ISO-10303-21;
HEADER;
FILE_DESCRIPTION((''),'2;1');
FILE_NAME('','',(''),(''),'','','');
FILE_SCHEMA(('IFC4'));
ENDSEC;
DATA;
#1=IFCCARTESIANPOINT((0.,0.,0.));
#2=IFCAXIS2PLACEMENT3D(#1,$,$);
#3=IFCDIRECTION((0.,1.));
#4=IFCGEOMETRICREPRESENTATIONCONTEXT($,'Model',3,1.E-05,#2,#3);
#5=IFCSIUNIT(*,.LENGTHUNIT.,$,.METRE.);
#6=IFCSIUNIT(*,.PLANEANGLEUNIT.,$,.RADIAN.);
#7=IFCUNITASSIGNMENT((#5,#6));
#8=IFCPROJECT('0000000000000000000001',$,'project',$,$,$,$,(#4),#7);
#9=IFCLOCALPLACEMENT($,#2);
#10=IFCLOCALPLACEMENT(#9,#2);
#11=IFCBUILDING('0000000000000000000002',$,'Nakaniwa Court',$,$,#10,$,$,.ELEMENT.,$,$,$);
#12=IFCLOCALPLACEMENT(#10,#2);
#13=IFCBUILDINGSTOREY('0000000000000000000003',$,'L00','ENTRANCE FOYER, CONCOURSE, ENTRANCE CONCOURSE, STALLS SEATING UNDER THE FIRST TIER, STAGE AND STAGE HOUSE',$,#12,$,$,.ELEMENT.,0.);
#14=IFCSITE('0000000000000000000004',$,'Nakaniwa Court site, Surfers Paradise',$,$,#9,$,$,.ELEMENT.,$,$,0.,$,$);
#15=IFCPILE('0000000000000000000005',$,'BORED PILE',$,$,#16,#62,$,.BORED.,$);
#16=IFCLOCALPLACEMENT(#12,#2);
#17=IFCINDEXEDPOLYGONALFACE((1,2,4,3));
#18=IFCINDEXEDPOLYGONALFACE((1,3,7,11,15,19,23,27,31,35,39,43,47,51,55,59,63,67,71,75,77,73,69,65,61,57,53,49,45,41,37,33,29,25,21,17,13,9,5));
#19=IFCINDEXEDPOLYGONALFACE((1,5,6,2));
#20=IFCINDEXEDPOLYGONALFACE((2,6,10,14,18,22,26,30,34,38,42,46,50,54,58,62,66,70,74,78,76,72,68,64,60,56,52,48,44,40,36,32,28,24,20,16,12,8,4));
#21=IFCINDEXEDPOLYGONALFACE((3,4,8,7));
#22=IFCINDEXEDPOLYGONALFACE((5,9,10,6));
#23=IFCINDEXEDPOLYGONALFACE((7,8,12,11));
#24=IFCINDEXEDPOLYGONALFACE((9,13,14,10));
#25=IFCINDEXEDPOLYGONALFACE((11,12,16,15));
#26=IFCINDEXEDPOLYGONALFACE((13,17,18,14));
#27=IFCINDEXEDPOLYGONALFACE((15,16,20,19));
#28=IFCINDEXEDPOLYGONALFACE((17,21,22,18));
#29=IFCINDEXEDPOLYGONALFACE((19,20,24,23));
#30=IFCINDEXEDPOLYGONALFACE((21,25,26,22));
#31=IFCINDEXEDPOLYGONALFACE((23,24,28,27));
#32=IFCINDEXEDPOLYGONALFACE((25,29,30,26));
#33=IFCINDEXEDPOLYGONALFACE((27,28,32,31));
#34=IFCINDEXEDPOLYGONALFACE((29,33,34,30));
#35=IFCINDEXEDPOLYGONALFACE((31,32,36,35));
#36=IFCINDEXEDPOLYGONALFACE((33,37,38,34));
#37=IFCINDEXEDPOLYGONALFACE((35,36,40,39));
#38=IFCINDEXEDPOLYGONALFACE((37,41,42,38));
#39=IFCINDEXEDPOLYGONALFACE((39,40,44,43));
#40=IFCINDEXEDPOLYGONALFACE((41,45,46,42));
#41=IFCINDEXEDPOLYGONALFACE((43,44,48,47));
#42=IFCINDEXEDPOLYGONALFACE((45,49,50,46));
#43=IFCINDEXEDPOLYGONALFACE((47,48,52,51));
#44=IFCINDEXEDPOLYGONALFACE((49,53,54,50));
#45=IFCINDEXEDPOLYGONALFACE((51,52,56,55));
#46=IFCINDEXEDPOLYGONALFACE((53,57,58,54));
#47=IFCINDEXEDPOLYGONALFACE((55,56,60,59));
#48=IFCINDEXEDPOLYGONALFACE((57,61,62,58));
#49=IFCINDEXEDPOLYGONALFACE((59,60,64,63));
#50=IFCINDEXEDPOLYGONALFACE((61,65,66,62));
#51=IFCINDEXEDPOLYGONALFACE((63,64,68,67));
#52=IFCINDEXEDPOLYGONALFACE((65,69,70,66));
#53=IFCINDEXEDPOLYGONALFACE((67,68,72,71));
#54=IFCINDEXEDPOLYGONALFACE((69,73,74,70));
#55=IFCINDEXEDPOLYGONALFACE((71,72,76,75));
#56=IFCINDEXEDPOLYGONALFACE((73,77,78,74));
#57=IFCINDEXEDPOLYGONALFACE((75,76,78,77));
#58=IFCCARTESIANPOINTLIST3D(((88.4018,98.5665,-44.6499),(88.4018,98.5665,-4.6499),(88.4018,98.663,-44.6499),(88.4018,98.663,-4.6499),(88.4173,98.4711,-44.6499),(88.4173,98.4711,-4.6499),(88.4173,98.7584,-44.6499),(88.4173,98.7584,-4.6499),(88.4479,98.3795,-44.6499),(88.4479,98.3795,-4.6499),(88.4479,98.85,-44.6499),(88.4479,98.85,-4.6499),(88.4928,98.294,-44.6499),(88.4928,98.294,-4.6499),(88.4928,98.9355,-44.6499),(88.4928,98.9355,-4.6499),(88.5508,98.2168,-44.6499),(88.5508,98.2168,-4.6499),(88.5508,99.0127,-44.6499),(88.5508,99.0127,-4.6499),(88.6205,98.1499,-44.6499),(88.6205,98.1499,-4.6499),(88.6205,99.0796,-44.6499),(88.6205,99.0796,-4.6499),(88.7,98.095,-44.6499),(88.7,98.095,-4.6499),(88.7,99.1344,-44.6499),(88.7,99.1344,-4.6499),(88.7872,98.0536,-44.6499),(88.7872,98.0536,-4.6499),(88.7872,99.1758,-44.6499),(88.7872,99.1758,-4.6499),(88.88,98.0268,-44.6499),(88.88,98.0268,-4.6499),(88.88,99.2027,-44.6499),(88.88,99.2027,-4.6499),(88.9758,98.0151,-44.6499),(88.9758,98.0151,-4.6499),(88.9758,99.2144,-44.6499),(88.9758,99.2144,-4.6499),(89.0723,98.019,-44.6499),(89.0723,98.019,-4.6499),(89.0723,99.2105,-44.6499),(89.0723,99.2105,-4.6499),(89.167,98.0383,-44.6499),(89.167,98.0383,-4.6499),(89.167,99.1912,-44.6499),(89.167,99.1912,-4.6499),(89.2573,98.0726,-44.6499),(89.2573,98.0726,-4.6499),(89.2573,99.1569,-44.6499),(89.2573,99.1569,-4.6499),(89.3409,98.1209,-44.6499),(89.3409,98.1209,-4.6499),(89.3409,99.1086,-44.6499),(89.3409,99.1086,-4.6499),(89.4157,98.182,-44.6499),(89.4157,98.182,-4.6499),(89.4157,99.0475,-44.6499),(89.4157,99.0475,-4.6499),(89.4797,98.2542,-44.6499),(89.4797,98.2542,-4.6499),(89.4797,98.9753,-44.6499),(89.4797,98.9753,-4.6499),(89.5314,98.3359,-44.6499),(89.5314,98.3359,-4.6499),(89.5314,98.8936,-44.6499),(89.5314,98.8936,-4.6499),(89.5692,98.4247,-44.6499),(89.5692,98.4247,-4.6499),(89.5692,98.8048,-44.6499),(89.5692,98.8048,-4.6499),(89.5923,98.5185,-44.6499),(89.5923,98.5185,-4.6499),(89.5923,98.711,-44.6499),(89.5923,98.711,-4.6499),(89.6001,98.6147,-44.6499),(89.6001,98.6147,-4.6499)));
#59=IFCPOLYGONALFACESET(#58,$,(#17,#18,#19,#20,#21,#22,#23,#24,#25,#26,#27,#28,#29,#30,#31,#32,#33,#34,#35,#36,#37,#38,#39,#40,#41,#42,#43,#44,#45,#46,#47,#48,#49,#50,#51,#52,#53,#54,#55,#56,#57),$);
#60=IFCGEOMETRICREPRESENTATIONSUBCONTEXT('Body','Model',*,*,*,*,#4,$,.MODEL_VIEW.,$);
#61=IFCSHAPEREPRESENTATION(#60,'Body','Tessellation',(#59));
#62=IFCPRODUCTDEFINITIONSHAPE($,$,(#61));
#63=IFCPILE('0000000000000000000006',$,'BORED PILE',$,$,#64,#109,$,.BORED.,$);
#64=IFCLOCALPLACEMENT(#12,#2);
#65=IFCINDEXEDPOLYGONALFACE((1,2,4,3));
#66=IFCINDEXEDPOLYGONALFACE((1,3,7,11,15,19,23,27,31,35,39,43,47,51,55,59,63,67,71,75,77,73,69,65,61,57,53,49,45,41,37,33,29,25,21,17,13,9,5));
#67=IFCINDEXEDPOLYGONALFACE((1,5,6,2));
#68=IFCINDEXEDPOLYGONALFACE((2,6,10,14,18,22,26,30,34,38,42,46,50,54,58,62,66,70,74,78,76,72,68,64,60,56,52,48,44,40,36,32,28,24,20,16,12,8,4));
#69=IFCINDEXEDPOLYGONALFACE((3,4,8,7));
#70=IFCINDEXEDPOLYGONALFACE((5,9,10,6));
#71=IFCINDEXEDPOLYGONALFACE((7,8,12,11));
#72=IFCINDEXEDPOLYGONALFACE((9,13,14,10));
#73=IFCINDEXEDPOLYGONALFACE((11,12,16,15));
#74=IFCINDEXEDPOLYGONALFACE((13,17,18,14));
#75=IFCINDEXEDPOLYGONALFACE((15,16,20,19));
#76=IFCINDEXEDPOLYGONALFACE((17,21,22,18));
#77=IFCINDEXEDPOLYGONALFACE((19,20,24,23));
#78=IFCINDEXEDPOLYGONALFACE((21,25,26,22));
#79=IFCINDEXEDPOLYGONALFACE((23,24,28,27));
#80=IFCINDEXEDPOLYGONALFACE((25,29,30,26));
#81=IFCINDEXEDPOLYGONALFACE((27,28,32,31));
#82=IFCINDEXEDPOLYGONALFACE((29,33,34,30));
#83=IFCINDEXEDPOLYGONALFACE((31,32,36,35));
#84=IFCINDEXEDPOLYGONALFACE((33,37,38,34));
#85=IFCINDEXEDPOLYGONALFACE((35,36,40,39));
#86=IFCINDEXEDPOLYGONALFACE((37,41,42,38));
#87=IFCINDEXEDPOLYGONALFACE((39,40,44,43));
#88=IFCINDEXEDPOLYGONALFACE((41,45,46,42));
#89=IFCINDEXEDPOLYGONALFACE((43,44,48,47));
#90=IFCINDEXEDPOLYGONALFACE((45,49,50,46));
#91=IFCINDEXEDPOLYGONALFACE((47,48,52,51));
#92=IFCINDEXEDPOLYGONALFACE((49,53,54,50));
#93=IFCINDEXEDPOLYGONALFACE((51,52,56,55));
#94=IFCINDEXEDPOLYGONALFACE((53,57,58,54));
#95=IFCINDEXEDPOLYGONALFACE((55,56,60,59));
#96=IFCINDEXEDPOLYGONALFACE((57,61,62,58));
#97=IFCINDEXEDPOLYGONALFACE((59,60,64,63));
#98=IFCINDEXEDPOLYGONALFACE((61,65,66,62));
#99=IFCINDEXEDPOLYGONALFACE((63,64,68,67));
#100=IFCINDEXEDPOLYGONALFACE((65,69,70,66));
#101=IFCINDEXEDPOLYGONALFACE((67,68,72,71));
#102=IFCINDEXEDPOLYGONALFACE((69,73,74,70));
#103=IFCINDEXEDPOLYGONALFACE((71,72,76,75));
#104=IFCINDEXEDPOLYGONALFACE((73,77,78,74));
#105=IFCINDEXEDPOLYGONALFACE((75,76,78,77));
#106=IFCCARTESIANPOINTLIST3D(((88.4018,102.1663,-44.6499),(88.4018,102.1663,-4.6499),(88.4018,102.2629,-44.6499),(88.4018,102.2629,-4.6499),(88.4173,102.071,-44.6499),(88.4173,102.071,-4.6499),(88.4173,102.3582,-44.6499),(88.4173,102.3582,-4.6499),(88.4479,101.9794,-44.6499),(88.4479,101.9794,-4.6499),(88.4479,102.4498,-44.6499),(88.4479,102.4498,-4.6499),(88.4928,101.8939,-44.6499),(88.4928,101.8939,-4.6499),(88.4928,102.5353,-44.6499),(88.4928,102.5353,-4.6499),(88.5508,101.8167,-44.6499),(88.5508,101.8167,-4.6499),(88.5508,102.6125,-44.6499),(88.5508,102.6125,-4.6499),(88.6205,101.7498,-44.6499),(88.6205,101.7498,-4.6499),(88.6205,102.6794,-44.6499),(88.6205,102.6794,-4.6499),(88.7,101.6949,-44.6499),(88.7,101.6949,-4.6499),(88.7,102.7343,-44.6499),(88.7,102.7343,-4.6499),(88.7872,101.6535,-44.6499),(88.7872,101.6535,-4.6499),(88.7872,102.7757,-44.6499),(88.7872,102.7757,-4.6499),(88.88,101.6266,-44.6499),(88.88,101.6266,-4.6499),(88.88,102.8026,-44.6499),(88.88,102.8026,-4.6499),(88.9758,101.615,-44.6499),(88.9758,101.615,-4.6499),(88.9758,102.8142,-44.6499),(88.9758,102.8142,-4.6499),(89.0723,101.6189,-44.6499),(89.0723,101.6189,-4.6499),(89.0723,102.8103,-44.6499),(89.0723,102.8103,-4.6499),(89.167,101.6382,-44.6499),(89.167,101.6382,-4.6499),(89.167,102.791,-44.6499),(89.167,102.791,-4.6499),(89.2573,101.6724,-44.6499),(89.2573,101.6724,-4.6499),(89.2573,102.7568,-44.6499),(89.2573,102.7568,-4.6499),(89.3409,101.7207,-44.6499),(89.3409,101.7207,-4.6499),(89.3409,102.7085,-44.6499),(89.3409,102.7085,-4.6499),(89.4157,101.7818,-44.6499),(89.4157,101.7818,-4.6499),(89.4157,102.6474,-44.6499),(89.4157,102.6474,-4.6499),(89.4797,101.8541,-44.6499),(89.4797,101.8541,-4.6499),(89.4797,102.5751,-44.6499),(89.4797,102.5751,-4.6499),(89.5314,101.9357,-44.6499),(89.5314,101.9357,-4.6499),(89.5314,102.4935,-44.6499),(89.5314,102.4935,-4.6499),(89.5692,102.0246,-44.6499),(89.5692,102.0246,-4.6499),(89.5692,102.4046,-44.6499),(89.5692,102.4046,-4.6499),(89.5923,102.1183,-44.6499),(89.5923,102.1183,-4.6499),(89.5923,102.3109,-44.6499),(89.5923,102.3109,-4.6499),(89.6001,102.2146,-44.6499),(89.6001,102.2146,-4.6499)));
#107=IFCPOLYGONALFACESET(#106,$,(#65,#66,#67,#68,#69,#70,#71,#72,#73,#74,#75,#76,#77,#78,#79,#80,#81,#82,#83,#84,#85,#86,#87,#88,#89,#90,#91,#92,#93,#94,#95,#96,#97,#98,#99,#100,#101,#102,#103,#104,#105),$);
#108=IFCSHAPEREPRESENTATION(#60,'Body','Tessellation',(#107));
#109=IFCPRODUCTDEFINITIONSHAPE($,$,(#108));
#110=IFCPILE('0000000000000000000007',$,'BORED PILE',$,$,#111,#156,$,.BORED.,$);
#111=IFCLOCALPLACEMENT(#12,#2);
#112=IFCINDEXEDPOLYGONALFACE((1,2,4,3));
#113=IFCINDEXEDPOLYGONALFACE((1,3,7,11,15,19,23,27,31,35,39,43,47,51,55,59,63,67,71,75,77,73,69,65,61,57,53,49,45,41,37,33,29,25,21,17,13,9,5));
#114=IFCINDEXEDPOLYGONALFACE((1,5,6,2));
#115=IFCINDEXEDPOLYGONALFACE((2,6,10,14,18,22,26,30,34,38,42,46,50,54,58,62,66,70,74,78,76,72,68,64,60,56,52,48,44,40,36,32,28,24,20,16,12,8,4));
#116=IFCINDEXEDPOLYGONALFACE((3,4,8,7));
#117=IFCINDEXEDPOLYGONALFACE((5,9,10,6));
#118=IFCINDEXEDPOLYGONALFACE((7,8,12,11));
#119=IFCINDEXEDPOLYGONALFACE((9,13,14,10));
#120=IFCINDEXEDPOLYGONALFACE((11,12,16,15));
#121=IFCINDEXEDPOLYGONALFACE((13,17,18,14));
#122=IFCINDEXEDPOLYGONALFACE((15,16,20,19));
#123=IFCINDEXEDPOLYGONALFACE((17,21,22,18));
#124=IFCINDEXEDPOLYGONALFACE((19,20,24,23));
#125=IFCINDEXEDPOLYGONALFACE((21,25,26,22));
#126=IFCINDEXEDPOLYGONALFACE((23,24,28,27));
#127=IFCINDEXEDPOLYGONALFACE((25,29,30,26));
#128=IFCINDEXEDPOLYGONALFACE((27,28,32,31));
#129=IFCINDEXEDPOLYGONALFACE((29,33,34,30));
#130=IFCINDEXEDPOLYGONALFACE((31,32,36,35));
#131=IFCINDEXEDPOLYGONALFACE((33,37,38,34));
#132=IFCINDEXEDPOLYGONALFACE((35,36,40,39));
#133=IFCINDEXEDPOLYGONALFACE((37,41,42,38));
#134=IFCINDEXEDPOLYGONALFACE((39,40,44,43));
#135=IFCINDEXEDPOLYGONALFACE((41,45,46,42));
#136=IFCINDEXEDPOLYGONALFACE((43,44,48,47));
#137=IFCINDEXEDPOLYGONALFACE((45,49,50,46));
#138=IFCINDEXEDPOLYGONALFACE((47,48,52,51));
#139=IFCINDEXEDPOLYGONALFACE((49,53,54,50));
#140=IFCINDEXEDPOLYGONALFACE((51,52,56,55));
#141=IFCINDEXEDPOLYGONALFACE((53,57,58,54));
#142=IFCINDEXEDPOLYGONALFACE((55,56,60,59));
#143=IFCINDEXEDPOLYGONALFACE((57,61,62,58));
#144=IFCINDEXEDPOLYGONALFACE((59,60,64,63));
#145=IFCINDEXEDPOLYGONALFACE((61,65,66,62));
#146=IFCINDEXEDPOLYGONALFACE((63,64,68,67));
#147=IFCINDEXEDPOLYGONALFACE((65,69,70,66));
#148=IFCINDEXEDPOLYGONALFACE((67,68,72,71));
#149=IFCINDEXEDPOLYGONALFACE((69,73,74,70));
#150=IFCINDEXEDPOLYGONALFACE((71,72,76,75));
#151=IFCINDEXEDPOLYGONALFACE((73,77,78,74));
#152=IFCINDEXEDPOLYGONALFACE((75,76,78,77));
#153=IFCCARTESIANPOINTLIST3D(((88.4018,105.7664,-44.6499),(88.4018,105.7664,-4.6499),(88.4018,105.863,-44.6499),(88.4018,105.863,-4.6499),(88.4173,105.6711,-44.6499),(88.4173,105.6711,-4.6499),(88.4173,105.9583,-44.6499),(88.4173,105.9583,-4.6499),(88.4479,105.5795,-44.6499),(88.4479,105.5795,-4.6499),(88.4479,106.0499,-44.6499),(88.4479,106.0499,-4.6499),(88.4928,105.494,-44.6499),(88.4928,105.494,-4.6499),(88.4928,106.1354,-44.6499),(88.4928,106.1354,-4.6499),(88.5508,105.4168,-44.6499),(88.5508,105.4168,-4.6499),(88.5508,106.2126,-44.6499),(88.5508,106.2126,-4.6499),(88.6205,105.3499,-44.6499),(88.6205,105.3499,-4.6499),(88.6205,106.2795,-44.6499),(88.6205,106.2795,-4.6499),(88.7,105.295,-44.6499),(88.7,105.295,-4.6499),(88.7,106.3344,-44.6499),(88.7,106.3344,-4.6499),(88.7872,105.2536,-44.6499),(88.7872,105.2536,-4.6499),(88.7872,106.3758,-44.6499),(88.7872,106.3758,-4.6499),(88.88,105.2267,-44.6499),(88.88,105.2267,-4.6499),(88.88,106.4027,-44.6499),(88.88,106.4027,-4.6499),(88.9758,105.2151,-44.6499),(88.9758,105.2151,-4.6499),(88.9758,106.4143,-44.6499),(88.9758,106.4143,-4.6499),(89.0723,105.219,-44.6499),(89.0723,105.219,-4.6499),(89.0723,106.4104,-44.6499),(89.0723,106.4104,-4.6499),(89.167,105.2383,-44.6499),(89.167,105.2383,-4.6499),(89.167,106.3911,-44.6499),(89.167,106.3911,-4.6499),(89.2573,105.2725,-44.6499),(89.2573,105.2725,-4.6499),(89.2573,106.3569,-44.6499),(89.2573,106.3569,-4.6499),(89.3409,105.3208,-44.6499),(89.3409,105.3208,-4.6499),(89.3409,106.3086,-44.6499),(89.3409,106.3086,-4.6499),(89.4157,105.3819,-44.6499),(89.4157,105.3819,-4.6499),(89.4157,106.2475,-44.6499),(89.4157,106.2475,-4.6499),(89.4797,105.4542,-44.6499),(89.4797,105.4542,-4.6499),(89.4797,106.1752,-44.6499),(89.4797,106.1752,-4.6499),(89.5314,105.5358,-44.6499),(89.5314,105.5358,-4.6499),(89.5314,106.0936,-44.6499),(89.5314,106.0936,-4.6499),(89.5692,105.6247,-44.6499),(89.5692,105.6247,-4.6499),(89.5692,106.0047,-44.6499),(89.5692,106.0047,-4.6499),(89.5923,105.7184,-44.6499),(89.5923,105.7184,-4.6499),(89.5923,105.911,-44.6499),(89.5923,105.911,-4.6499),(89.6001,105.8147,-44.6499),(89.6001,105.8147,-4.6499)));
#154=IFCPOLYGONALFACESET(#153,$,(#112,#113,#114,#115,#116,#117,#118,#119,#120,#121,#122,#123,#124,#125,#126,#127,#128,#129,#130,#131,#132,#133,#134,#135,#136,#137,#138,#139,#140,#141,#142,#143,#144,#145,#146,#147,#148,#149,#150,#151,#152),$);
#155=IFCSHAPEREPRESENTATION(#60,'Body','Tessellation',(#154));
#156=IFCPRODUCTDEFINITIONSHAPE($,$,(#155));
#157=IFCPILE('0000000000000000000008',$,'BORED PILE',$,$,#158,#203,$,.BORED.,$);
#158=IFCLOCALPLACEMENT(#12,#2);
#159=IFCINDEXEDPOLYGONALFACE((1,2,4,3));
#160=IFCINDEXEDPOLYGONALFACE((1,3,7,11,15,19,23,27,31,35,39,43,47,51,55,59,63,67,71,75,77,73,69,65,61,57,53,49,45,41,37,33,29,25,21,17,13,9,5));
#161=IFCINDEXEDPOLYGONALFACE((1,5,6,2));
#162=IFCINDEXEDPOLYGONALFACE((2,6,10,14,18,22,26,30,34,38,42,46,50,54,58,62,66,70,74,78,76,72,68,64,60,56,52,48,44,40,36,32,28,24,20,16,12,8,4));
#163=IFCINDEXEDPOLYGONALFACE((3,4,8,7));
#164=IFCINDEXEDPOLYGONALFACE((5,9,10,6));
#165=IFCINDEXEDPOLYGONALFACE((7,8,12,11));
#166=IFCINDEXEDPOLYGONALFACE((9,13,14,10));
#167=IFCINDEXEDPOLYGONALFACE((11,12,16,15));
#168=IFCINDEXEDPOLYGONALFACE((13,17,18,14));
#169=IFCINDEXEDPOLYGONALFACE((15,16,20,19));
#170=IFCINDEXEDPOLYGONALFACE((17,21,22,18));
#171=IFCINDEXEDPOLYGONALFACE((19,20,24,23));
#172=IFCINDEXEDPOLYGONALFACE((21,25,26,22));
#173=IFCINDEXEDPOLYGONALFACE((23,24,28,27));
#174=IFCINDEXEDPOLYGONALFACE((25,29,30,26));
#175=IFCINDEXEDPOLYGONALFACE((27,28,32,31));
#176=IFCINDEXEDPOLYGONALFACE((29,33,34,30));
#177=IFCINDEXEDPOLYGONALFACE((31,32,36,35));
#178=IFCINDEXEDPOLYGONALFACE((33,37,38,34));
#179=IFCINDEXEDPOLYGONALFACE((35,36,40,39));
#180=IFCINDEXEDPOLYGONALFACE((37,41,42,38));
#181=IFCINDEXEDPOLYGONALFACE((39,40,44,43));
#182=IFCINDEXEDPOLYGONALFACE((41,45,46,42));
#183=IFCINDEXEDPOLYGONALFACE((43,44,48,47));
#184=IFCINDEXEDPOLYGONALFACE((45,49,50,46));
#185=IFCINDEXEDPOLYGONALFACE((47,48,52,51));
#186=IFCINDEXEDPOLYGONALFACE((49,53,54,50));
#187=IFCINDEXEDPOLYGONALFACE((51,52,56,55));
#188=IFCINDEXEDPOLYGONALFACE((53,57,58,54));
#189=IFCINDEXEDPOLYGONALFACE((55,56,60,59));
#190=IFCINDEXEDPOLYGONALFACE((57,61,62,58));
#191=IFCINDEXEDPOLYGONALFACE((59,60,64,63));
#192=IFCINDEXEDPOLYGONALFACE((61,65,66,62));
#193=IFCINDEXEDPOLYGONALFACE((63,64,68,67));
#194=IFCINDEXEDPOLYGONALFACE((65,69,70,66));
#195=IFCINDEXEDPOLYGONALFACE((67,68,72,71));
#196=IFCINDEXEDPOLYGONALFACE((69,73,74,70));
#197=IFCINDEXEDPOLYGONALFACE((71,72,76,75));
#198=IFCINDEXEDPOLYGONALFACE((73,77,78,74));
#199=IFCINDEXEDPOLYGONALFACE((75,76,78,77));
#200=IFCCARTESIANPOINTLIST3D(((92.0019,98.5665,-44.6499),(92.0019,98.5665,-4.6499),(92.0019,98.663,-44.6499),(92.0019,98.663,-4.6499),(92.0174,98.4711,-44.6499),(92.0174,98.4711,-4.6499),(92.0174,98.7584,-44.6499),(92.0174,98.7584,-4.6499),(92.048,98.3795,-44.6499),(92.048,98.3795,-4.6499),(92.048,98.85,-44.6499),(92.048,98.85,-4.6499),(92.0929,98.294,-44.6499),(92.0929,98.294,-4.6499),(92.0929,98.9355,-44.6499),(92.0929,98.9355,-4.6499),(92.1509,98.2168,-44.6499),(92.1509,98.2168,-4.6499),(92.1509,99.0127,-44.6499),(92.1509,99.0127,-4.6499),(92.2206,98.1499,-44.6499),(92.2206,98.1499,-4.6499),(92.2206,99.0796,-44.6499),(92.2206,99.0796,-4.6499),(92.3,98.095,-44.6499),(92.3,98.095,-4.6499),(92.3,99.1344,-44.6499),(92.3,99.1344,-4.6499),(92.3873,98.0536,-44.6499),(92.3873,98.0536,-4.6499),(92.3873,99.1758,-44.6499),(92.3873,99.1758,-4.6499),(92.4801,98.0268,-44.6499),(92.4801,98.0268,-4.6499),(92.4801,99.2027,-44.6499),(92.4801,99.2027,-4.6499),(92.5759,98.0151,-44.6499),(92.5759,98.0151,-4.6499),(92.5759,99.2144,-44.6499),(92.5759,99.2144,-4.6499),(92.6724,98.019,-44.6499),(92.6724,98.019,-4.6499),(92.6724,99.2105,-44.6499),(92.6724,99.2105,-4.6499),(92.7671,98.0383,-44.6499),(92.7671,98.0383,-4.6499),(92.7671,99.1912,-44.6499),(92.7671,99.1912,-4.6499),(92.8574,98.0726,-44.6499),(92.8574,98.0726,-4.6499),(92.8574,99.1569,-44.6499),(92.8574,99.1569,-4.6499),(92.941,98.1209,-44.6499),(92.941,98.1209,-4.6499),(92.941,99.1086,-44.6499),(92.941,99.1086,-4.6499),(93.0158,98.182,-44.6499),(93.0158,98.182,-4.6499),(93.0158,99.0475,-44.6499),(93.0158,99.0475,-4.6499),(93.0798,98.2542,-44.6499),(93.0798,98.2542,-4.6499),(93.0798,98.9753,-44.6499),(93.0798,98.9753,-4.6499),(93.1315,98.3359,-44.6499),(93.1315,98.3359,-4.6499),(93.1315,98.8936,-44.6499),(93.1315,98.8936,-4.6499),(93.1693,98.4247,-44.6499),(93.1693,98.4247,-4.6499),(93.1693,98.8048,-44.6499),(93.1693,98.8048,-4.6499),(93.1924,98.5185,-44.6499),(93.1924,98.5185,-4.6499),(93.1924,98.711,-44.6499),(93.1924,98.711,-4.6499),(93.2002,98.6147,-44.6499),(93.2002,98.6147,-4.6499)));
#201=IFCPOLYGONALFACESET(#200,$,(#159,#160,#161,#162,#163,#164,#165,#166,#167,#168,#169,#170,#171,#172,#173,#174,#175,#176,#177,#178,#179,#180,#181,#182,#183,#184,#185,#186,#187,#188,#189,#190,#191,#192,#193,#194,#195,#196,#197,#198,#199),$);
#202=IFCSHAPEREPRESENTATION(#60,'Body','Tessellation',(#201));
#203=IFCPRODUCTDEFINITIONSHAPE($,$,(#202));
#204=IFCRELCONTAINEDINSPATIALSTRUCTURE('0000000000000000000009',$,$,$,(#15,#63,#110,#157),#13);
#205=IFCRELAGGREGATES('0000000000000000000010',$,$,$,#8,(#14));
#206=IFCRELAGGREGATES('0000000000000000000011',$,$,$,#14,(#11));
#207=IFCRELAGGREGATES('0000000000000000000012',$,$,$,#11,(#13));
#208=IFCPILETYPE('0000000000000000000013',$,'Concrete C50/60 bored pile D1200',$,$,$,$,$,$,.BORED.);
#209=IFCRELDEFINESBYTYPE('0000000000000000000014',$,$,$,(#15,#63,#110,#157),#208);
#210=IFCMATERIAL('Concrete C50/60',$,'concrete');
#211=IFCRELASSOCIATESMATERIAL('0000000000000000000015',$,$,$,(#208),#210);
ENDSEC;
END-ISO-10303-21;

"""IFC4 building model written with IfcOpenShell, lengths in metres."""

from ifc_helpers import new_model, si_unit, direction, frame, origin, origin_2d, place, context, subcontext, project, spatial, circle, extrude, material, material_profile, profile_set, type_object, element, save


model = new_model("IFC4")

# Units and contexts
model_context = context("Model", 3, precision=1e-05, world=origin(), true_north=direction((0.0, 1.0)))
body_context = subcontext(model_context, "Body", "Model", "MODEL_VIEW")
ifc_project = project(units=[si_unit("LENGTHUNIT", "METRE"), si_unit("PLANEANGLEUNIT", "RADIAN")], contexts=[model_context])

# Site, building, storey
site_placement = place(None, origin())
site = spatial("IfcSite", under=ifc_project, at=site_placement, Name="Nakaniwa Court site, Surfers Paradise", CompositionType="ELEMENT", RefElevation=0.0)
building_placement = place(site_placement, origin())
building = spatial("IfcBuilding", under=site, at=building_placement, Name="Nakaniwa Court", CompositionType="ELEMENT")
storey_placement = place(building_placement, origin())
storey = spatial("IfcBuildingStorey", under=building, at=storey_placement, Name="L00", Description="ENTRANCE FOYER, CONCOURSE, ENTRANCE CONCOURSE, STALLS SEATING UNDER THE FIRST TIER, STAGE AND STAGE HOUSE", CompositionType="ELEMENT", Elevation=0.0)

# Piles
ifc_material_1 = material(Name="Concrete C50/60", Category="concrete")
ifc_material_profile_1 = material_profile(ifc_material_1, circle(Radius=0.6001, at=origin_2d()), Name="Concrete C50/60 bored pile D1200")
ifc_profile_set_1 = profile_set([ifc_material_profile_1], Name="Concrete C50/60")
pile_type = type_object("IfcPileType", Name="Concrete C50/60 bored pile D1200", PredefinedType="BORED", material=ifc_profile_set_1)
for number, where, z_axis, x_axis, name in (
    (1, (89.0, 98.6147, -4.6499), (0.0, 0.0, -1.0), (1.0, 0.0, 0.0), "BORED PILE"),
    (2, (89.0, 102.2146, -4.6499), (0.0, 0.0, -1.0), (1.0, 0.0, 0.0), "BORED PILE"),
    (3, (89.0, 105.8147, -4.6499), (0.0, 0.0, -1.0), (1.0, 0.0, 0.0), "BORED PILE"),
    (4, (92.6001, 98.6147, -4.6499), (0.0, 0.0, -1.0), (1.0, 0.0, 0.0), "BORED PILE"),
):
    element("IfcPile", number, at=place(storey_placement, frame(where, z_axis=z_axis, x_axis=x_axis)), inside=storey, type_object=pile_type, Name=name, PredefinedType="BORED", context=body_context, shape_type="SweptSolid", body=[
        extrude(circle(Radius=0.6001, at=origin_2d()), origin(), (0.0, 0.0, 1.0), 40.0),
    ])

save(model, "model.ifc")
